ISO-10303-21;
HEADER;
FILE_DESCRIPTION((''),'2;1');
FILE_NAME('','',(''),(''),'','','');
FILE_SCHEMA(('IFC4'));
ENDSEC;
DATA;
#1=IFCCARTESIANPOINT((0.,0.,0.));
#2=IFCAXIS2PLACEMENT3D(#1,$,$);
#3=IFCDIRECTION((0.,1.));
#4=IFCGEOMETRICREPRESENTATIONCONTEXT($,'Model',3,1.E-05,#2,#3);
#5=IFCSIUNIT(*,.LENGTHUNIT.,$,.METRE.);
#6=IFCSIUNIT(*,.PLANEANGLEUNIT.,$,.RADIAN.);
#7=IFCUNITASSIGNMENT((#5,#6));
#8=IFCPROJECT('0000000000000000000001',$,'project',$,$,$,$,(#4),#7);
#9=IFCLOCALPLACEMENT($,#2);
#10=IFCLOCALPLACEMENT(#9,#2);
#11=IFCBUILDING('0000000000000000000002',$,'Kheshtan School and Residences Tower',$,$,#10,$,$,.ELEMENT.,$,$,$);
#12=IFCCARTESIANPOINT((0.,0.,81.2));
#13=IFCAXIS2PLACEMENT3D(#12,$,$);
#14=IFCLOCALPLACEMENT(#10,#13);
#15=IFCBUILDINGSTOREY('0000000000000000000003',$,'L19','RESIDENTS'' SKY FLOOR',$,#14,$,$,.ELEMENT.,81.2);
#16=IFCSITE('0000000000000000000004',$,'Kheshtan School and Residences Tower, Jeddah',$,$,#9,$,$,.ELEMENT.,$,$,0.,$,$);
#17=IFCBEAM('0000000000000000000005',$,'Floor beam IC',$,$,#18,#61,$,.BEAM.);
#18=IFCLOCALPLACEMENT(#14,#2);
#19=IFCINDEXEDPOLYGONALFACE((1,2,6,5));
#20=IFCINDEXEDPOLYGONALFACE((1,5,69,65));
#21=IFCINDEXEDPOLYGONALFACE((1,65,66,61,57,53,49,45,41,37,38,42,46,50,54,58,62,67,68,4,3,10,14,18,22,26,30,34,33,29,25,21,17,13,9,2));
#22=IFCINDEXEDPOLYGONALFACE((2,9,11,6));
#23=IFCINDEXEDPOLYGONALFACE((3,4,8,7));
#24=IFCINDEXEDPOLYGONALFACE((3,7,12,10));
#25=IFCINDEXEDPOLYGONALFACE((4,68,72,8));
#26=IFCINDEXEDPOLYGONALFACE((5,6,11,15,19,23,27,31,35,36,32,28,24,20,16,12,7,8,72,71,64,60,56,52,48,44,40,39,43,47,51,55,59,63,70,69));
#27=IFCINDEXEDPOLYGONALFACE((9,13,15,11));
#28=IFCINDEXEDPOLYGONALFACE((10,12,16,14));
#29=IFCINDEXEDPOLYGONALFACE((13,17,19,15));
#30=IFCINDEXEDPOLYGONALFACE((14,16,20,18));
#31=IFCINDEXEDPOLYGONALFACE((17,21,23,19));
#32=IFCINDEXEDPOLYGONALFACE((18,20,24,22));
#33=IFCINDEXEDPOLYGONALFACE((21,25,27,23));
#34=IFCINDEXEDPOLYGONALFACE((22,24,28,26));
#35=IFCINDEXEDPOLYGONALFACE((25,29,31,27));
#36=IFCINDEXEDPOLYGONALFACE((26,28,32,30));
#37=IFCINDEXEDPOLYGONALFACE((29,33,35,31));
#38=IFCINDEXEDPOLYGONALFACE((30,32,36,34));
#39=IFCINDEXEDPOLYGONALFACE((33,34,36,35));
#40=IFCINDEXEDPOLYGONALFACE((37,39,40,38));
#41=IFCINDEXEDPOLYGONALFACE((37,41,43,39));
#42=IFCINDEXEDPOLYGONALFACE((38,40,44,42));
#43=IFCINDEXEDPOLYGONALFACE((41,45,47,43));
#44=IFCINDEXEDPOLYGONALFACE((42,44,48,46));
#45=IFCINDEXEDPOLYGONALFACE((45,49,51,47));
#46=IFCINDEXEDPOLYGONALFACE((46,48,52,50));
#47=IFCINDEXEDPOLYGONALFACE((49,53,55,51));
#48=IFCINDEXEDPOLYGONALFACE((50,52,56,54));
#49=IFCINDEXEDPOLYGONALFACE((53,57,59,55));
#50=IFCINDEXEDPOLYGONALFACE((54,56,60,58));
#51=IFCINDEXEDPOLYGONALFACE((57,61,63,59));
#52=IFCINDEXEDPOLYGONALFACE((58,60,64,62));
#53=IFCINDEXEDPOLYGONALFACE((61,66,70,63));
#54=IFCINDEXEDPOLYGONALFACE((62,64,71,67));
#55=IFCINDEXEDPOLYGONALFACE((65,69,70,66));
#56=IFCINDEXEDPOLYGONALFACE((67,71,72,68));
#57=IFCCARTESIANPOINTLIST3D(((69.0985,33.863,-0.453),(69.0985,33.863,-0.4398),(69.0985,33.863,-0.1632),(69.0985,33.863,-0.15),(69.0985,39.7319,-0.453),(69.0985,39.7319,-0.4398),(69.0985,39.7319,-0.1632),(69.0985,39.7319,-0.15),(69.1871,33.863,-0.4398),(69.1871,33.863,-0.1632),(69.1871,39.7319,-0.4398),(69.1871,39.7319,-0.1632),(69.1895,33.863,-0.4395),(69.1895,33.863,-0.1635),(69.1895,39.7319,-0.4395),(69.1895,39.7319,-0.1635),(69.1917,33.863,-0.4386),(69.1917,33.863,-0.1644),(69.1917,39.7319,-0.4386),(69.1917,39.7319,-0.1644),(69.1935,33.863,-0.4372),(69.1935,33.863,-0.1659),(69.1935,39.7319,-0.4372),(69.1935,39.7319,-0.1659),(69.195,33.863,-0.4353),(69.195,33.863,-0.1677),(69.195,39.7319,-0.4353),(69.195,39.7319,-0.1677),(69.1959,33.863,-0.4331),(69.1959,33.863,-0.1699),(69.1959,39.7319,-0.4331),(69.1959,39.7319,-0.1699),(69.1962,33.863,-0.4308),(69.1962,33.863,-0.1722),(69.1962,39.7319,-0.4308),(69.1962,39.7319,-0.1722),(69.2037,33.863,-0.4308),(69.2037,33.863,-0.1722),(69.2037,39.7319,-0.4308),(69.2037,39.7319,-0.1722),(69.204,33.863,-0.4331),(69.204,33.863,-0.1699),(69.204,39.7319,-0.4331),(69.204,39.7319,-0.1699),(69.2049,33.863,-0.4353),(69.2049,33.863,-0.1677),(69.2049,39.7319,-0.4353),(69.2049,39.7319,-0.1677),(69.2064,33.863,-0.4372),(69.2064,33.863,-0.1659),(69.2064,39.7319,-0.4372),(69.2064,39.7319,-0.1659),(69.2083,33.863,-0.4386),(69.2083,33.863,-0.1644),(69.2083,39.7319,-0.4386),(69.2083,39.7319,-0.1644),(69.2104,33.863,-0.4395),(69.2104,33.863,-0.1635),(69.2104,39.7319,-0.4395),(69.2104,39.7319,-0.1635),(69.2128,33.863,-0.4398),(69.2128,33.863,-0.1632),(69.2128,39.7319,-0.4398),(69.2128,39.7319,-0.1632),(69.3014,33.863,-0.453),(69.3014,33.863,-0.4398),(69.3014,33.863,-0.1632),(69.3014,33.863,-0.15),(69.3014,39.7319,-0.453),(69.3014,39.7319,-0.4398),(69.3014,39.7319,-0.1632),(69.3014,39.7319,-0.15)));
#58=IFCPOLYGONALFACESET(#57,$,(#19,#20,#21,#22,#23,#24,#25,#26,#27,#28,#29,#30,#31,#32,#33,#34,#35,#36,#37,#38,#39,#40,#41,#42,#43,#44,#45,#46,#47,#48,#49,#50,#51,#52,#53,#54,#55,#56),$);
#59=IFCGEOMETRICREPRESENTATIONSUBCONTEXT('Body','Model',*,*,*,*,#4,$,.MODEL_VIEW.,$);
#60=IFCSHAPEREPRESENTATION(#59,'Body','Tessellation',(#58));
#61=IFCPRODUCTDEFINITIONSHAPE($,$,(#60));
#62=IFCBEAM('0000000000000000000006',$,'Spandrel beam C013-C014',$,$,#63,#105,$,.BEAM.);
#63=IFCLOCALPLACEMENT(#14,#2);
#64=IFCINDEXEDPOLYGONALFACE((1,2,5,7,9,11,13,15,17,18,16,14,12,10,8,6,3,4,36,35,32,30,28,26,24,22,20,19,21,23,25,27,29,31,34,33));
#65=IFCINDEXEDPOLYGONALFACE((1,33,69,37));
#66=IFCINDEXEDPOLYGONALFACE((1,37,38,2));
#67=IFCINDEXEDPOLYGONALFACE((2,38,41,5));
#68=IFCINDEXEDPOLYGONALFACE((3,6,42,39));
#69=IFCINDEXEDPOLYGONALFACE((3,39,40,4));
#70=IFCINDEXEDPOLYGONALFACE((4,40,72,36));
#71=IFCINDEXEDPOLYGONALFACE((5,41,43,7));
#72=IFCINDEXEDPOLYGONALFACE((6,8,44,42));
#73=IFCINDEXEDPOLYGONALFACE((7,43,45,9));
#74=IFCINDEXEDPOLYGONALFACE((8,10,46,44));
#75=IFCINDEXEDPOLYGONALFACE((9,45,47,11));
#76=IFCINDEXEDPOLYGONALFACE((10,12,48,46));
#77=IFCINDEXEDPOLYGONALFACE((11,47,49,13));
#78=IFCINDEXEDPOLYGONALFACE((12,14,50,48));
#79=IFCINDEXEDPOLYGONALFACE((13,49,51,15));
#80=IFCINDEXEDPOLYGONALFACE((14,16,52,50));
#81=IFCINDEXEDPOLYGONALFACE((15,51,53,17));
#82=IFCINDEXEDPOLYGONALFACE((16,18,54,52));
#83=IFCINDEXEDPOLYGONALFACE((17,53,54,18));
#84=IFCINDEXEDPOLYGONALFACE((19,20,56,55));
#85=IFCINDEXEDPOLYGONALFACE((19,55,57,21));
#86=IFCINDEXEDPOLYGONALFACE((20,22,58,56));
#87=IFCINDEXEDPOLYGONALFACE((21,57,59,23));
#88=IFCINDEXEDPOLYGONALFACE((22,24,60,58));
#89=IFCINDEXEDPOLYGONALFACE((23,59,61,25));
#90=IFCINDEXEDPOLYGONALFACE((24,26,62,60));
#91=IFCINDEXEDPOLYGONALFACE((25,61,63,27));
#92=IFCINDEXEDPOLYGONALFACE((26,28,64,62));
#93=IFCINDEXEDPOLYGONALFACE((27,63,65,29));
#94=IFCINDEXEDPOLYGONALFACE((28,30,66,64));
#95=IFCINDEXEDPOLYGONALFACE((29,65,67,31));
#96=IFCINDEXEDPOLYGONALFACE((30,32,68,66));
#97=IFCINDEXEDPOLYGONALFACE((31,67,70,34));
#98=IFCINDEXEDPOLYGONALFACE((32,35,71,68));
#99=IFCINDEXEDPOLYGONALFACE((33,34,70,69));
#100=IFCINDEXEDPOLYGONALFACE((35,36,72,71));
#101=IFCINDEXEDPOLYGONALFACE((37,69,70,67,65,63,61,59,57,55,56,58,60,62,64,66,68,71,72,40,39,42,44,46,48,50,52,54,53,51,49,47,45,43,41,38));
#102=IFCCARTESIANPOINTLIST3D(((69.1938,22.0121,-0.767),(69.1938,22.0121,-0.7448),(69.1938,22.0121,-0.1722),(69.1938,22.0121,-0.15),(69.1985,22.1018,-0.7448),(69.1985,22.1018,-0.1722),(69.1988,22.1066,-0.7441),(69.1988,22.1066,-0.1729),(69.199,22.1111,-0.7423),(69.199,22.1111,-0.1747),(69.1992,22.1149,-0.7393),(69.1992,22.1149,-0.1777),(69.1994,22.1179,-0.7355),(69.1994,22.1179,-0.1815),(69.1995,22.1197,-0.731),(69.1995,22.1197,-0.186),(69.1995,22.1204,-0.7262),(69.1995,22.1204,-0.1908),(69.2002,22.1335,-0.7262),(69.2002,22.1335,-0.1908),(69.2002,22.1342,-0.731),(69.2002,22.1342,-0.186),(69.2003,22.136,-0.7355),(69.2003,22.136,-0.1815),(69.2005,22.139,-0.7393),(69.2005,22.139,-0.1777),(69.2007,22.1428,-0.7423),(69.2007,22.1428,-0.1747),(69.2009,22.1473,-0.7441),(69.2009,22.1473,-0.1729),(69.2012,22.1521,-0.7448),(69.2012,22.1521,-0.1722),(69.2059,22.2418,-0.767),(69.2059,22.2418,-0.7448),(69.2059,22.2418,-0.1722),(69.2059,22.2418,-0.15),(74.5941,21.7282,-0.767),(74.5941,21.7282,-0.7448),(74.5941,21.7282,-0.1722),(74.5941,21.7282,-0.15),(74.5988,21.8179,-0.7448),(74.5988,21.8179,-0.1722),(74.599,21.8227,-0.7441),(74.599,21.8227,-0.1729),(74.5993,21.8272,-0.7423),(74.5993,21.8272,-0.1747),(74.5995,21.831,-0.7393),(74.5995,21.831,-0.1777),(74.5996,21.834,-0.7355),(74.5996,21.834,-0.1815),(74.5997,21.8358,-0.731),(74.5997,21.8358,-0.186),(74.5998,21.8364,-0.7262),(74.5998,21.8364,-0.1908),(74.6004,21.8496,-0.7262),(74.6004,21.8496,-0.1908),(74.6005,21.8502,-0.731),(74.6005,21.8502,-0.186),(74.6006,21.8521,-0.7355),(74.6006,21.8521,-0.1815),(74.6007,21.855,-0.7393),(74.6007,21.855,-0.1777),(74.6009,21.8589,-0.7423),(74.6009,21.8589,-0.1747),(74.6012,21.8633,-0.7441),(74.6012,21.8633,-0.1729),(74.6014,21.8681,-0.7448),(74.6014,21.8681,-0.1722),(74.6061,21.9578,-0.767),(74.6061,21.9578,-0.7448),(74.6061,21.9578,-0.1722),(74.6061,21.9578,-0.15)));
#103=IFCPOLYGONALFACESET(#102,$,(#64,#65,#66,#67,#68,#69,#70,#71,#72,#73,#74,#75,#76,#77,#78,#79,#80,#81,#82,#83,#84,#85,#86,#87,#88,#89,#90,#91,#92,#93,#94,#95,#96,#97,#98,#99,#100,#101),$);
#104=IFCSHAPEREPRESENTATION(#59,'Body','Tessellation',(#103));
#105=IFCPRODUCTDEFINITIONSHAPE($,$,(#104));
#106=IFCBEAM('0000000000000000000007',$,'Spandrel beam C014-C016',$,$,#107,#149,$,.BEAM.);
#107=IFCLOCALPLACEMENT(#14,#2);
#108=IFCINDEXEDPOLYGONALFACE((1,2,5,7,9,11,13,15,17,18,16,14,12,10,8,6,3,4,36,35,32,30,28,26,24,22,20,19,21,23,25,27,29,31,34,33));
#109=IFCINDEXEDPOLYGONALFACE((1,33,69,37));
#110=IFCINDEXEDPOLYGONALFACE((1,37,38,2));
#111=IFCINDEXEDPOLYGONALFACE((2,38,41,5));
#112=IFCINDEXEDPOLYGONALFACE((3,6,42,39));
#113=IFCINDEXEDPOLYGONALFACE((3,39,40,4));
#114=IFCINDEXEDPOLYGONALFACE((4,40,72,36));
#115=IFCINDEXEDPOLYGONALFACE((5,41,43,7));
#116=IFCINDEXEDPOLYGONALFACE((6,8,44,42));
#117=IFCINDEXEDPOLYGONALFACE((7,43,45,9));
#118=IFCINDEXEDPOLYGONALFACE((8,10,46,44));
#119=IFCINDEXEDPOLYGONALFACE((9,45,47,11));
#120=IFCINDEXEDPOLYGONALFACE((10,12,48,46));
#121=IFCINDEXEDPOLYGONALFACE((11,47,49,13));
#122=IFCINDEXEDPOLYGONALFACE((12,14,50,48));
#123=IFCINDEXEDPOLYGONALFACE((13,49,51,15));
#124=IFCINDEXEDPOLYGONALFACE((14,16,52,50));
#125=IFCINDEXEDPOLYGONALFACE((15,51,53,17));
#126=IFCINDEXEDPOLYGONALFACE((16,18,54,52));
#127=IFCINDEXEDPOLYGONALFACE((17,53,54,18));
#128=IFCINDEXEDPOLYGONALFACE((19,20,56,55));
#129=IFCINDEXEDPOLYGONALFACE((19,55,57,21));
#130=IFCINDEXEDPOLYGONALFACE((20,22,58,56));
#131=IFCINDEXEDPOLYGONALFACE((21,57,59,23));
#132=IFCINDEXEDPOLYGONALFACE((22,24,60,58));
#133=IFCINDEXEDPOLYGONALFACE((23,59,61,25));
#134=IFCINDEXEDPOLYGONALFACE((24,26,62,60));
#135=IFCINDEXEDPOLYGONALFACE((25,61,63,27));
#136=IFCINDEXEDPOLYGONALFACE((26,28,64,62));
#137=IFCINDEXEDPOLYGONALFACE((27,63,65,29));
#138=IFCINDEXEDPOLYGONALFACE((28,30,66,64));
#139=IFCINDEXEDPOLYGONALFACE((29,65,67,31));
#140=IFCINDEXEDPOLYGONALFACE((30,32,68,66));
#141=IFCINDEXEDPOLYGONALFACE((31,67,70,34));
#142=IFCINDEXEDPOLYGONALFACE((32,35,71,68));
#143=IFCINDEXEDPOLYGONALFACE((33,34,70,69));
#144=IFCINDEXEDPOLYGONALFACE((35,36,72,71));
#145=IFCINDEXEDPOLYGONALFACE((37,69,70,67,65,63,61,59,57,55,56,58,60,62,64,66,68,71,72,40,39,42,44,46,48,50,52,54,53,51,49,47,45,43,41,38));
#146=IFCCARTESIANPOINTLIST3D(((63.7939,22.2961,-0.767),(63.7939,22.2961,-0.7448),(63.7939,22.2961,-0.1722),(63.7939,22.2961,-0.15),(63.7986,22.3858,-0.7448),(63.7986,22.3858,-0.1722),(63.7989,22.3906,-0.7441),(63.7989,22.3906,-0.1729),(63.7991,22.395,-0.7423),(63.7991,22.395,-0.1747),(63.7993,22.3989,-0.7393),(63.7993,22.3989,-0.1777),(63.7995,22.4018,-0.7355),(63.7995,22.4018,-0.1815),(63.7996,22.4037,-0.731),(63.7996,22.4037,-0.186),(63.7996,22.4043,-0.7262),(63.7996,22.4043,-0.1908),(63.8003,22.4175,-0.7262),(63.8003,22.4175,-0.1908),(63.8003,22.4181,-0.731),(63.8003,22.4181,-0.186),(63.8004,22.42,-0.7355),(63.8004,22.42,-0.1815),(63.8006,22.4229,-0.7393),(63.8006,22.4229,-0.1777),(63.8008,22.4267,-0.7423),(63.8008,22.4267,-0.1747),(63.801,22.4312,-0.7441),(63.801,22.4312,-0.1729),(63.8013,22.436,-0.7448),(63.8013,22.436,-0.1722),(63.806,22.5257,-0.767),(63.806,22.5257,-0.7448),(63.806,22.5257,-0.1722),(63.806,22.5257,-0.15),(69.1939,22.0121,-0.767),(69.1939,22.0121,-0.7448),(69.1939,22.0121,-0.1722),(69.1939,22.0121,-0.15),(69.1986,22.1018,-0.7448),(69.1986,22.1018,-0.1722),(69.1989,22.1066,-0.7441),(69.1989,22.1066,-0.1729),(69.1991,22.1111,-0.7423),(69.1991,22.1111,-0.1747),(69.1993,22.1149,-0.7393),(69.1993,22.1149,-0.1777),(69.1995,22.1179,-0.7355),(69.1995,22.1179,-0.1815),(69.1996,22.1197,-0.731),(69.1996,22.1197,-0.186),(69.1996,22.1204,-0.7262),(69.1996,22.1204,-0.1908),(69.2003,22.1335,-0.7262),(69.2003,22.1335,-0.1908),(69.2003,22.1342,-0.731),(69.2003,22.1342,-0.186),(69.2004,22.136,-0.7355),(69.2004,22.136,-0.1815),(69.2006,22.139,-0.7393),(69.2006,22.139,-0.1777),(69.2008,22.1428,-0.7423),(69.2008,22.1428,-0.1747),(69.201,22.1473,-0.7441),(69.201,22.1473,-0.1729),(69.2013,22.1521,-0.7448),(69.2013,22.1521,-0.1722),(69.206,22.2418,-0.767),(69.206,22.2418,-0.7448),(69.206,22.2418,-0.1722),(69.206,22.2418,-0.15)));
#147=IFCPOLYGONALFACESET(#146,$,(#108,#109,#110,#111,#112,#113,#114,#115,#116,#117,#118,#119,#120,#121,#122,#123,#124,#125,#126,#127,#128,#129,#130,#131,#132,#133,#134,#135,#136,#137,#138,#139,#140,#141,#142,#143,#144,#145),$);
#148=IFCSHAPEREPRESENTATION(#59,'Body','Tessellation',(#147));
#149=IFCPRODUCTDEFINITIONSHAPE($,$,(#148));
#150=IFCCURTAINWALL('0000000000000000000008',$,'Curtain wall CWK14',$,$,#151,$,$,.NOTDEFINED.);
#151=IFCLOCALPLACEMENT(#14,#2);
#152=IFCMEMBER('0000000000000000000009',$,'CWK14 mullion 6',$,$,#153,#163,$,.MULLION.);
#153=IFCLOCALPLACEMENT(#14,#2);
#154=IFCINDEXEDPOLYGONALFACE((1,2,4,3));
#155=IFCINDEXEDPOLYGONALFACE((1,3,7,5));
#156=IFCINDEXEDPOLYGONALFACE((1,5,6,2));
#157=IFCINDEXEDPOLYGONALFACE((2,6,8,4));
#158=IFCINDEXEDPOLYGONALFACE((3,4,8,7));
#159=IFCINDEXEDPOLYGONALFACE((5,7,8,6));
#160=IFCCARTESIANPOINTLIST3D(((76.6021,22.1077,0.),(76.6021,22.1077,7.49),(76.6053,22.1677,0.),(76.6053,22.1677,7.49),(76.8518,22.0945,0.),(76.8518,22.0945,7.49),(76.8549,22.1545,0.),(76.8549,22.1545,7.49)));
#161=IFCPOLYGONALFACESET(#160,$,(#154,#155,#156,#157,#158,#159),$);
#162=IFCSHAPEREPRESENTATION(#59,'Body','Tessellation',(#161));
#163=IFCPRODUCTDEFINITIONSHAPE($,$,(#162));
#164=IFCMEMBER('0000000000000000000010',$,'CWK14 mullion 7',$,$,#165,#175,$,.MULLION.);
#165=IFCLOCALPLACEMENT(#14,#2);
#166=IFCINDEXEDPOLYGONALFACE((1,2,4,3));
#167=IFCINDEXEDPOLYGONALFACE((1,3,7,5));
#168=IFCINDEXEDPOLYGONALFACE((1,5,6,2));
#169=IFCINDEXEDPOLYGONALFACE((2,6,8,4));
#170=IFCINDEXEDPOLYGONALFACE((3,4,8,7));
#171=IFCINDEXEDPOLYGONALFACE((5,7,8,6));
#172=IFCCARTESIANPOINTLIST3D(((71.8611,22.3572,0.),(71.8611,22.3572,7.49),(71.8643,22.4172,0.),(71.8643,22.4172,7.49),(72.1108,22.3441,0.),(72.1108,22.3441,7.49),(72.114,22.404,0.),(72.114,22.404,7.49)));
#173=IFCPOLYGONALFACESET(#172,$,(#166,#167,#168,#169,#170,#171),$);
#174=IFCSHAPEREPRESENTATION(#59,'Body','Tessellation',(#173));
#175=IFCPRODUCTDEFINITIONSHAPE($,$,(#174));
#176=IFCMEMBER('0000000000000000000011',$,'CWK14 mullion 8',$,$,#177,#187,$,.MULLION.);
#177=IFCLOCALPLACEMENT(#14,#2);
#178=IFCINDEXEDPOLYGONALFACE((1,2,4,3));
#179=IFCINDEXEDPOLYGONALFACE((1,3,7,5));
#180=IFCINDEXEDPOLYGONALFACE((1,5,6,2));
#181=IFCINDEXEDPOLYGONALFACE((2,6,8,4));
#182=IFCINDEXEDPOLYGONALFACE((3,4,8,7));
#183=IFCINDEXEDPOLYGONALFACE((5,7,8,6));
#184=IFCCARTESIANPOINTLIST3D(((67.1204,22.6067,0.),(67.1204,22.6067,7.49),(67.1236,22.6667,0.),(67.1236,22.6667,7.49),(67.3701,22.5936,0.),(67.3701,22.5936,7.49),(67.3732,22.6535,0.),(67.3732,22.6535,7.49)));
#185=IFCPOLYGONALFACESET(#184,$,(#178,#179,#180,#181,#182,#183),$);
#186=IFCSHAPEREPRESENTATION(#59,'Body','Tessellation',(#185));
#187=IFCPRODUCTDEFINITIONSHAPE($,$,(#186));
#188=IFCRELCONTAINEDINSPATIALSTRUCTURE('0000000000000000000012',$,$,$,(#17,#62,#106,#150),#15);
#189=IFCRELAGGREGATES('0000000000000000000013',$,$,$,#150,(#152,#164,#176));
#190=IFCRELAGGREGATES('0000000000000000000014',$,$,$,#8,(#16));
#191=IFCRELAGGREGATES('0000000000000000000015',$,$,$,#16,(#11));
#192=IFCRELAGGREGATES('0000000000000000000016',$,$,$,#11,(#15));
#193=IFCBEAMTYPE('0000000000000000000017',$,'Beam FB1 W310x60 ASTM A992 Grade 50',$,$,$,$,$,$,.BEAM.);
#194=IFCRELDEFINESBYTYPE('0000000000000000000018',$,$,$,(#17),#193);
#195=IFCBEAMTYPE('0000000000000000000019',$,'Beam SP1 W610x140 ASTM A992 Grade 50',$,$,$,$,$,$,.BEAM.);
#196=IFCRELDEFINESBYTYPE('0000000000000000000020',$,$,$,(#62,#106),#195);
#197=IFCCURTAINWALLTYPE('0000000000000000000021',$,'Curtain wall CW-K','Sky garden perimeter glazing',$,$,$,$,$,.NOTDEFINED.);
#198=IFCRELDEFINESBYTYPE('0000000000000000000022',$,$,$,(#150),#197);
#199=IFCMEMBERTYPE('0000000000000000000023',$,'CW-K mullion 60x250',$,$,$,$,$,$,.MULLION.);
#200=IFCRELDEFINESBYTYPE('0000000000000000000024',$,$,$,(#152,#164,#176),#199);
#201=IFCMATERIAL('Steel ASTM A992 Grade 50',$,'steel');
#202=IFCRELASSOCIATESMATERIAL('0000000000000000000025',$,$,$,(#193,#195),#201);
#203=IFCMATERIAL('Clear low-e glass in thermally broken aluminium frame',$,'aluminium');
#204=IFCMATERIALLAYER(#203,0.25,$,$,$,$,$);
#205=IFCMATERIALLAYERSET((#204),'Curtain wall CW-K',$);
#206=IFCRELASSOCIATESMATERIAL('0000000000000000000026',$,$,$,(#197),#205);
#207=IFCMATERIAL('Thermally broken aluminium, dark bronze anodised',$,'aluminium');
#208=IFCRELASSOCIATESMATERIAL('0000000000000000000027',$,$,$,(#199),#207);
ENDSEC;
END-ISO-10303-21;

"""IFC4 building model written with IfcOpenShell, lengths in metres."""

from ifc_helpers import new_model, si_unit, direction, frame, origin, origin_2d, place, context, subcontext, project, spatial, rectangle, i_section, extrude, material, layer, layer_set, material_profile, profile_set, type_object, element, aggregate, save


model = new_model("IFC4")

# Units and contexts
model_context = context("Model", 3, precision=1e-05, world=origin(), true_north=direction((0.0, 1.0)))
body_context = subcontext(model_context, "Body", "Model", "MODEL_VIEW")
ifc_project = project(units=[si_unit("LENGTHUNIT", "METRE"), si_unit("PLANEANGLEUNIT", "RADIAN")], contexts=[model_context])

# Site, building, storey
site_placement = place(None, origin())
site = spatial("IfcSite", under=ifc_project, at=site_placement, Name="Kheshtan School and Residences Tower, Jeddah", CompositionType="ELEMENT", RefElevation=0.0)
building_placement = place(site_placement, origin())
building = spatial("IfcBuilding", under=site, at=building_placement, Name="Kheshtan School and Residences Tower", CompositionType="ELEMENT")
storey_placement = place(building_placement, frame((0.0, 0.0, 81.2)))
storey = spatial("IfcBuildingStorey", under=building, at=storey_placement, Name="L19", Description="RESIDENTS' SKY FLOOR", CompositionType="ELEMENT", Elevation=81.2)

# Shared definitions
ifc_material_1 = material(Name="Steel ASTM A992 Grade 50", Category="steel")

# Beams
ifc_material_profile_1 = material_profile(ifc_material_1, i_section(OverallWidth=0.2029, OverallDepth=0.303, WebThickness=0.0076, FlangeThickness=0.0132, FilletRadius=0.009, at=origin_2d()), Name="W310x60")
ifc_profile_set_1 = profile_set([ifc_material_profile_1], Name="Steel ASTM A992 Grade 50")
beam_type_1 = type_object("IfcBeamType", Name="Beam FB1 W310x60 ASTM A992 Grade 50", PredefinedType="BEAM", material=ifc_profile_set_1)
beam_1_placement = place(storey_placement, frame((69.2, 33.863, -0.3015), z_axis=(0.0, 1.0, 0.0), x_axis=(-1.0, 0.0, 0.0)))
element("IfcBeam", 1, at=beam_1_placement, inside=storey, type_object=beam_type_1, Name="Floor beam IC", PredefinedType="BEAM", context=body_context, shape_type="SweptSolid", body=[
    extrude(i_section(OverallWidth=0.2029, OverallDepth=0.303, WebThickness=0.0076, FlangeThickness=0.0132, FilletRadius=0.009, at=origin_2d()), origin(), (0.0, 0.0, 1.0), 5.8689),
])
ifc_material_profile_2 = material_profile(ifc_material_1, i_section(OverallWidth=0.23, OverallDepth=0.6169, WebThickness=0.0132, FlangeThickness=0.0222, FilletRadius=0.0186, at=origin_2d()), Name="W610x140")
ifc_profile_set_2 = profile_set([ifc_material_profile_2], Name="Steel ASTM A992 Grade 50")
beam_type_2 = type_object("IfcBeamType", Name="Beam SP1 W610x140 ASTM A992 Grade 50", PredefinedType="BEAM", material=ifc_profile_set_2)
beam_2_placement = place(storey_placement, frame((74.6001, 21.843, -0.4585), z_axis=(-0.998621, 0.052507, 0.0), x_axis=(-0.052507, -0.998621, 0.0)))
element("IfcBeam", 2, at=beam_2_placement, inside=storey, type_object=beam_type_2, Name="Spandrel beam C013-C014", PredefinedType="BEAM", context=body_context, shape_type="SweptSolid", body=[
    extrude(i_section(OverallWidth=0.23, OverallDepth=0.6169, WebThickness=0.0132, FlangeThickness=0.0222, FilletRadius=0.0186, at=origin_2d()), origin(), (0.0, 0.0, 1.0), 5.4077),
])
beam_3_placement = place(storey_placement, frame((69.2, 22.127, -0.4585), z_axis=(-0.99862, 0.052509, 0.0), x_axis=(-0.052509, -0.99862, 0.0)))
element("IfcBeam", 3, at=beam_3_placement, inside=storey, type_object=beam_type_2, Name="Spandrel beam C014-C016", PredefinedType="BEAM", context=body_context, shape_type="SweptSolid", body=[
    extrude(i_section(OverallWidth=0.23, OverallDepth=0.6169, WebThickness=0.0132, FlangeThickness=0.0222, FilletRadius=0.0186, at=origin_2d()), origin(), (0.0, 0.0, 1.0), 5.4075),
])

# Curtain wall, members
ifc_material_2 = material(Name="Clear low-e glass in thermally broken aluminium frame", Category="aluminium")
ifc_layer_1 = layer(ifc_material_2, 0.25)
ifc_layer_set_1 = layer_set([ifc_layer_1], Name="Curtain wall CW-K")
curtain_wall_type = type_object("IfcCurtainWallType", Name="Curtain wall CW-K", Description="Sky garden perimeter glazing", PredefinedType="NOTDEFINED", material=ifc_layer_set_1)
curtain_wall_placement = place(storey_placement, origin())
curtain_wall = element("IfcCurtainWall", 4, at=curtain_wall_placement, inside=storey, type_object=curtain_wall_type, Name="Curtain wall CWK14", PredefinedType="NOTDEFINED")
ifc_material_3 = material(Name="Thermally broken aluminium, dark bronze anodised", Category="aluminium")
ifc_material_profile_3 = material_profile(ifc_material_3, rectangle(XDim=0.0601, YDim=0.25, at=origin_2d()), Name="CW-K mullion 60x250")
ifc_profile_set_3 = profile_set([ifc_material_profile_3], Name="Thermally broken aluminium, dark bronze anodised")
member_type = type_object("IfcMemberType", Name="CW-K mullion 60x250", PredefinedType="MULLION", material=ifc_profile_set_3)
member_1_placement = place(storey_placement, frame((76.7285, 22.1311, 0.0), z_axis=(0.0, 0.0, 1.0), x_axis=(-0.05257, -0.998617, 0.0)))
member_1 = element("IfcMember", 5, at=member_1_placement, type_object=member_type, Name="CWK14 mullion 6", PredefinedType="MULLION", context=body_context, shape_type="SweptSolid", body=[
    extrude(rectangle(XDim=0.0601, YDim=0.25, at=origin_2d()), origin(), (0.0, 0.0, 1.0), 7.49),
])
member_2_placement = place(storey_placement, frame((71.9875, 22.3806, 0.0), z_axis=(0.0, 0.0, 1.0), x_axis=(-0.05257, -0.998617, 0.0)))
member_2 = element("IfcMember", 6, at=member_2_placement, type_object=member_type, Name="CWK14 mullion 7", PredefinedType="MULLION", context=body_context, shape_type="SweptSolid", body=[
    extrude(rectangle(XDim=0.0601, YDim=0.25, at=origin_2d()), origin(), (0.0, 0.0, 1.0), 7.49),
])
member_3_placement = place(storey_placement, frame((67.2468, 22.6301, 0.0), z_axis=(0.0, 0.0, 1.0), x_axis=(-0.05257, -0.998617, 0.0)))
member_3 = element("IfcMember", 7, at=member_3_placement, type_object=member_type, Name="CWK14 mullion 8", PredefinedType="MULLION", context=body_context, shape_type="SweptSolid", body=[
    extrude(rectangle(XDim=0.0601, YDim=0.25, at=origin_2d()), origin(), (0.0, 0.0, 1.0), 7.49),
])
aggregate(curtain_wall, [member_1, member_2, member_3])

save(model, "model.ifc")
